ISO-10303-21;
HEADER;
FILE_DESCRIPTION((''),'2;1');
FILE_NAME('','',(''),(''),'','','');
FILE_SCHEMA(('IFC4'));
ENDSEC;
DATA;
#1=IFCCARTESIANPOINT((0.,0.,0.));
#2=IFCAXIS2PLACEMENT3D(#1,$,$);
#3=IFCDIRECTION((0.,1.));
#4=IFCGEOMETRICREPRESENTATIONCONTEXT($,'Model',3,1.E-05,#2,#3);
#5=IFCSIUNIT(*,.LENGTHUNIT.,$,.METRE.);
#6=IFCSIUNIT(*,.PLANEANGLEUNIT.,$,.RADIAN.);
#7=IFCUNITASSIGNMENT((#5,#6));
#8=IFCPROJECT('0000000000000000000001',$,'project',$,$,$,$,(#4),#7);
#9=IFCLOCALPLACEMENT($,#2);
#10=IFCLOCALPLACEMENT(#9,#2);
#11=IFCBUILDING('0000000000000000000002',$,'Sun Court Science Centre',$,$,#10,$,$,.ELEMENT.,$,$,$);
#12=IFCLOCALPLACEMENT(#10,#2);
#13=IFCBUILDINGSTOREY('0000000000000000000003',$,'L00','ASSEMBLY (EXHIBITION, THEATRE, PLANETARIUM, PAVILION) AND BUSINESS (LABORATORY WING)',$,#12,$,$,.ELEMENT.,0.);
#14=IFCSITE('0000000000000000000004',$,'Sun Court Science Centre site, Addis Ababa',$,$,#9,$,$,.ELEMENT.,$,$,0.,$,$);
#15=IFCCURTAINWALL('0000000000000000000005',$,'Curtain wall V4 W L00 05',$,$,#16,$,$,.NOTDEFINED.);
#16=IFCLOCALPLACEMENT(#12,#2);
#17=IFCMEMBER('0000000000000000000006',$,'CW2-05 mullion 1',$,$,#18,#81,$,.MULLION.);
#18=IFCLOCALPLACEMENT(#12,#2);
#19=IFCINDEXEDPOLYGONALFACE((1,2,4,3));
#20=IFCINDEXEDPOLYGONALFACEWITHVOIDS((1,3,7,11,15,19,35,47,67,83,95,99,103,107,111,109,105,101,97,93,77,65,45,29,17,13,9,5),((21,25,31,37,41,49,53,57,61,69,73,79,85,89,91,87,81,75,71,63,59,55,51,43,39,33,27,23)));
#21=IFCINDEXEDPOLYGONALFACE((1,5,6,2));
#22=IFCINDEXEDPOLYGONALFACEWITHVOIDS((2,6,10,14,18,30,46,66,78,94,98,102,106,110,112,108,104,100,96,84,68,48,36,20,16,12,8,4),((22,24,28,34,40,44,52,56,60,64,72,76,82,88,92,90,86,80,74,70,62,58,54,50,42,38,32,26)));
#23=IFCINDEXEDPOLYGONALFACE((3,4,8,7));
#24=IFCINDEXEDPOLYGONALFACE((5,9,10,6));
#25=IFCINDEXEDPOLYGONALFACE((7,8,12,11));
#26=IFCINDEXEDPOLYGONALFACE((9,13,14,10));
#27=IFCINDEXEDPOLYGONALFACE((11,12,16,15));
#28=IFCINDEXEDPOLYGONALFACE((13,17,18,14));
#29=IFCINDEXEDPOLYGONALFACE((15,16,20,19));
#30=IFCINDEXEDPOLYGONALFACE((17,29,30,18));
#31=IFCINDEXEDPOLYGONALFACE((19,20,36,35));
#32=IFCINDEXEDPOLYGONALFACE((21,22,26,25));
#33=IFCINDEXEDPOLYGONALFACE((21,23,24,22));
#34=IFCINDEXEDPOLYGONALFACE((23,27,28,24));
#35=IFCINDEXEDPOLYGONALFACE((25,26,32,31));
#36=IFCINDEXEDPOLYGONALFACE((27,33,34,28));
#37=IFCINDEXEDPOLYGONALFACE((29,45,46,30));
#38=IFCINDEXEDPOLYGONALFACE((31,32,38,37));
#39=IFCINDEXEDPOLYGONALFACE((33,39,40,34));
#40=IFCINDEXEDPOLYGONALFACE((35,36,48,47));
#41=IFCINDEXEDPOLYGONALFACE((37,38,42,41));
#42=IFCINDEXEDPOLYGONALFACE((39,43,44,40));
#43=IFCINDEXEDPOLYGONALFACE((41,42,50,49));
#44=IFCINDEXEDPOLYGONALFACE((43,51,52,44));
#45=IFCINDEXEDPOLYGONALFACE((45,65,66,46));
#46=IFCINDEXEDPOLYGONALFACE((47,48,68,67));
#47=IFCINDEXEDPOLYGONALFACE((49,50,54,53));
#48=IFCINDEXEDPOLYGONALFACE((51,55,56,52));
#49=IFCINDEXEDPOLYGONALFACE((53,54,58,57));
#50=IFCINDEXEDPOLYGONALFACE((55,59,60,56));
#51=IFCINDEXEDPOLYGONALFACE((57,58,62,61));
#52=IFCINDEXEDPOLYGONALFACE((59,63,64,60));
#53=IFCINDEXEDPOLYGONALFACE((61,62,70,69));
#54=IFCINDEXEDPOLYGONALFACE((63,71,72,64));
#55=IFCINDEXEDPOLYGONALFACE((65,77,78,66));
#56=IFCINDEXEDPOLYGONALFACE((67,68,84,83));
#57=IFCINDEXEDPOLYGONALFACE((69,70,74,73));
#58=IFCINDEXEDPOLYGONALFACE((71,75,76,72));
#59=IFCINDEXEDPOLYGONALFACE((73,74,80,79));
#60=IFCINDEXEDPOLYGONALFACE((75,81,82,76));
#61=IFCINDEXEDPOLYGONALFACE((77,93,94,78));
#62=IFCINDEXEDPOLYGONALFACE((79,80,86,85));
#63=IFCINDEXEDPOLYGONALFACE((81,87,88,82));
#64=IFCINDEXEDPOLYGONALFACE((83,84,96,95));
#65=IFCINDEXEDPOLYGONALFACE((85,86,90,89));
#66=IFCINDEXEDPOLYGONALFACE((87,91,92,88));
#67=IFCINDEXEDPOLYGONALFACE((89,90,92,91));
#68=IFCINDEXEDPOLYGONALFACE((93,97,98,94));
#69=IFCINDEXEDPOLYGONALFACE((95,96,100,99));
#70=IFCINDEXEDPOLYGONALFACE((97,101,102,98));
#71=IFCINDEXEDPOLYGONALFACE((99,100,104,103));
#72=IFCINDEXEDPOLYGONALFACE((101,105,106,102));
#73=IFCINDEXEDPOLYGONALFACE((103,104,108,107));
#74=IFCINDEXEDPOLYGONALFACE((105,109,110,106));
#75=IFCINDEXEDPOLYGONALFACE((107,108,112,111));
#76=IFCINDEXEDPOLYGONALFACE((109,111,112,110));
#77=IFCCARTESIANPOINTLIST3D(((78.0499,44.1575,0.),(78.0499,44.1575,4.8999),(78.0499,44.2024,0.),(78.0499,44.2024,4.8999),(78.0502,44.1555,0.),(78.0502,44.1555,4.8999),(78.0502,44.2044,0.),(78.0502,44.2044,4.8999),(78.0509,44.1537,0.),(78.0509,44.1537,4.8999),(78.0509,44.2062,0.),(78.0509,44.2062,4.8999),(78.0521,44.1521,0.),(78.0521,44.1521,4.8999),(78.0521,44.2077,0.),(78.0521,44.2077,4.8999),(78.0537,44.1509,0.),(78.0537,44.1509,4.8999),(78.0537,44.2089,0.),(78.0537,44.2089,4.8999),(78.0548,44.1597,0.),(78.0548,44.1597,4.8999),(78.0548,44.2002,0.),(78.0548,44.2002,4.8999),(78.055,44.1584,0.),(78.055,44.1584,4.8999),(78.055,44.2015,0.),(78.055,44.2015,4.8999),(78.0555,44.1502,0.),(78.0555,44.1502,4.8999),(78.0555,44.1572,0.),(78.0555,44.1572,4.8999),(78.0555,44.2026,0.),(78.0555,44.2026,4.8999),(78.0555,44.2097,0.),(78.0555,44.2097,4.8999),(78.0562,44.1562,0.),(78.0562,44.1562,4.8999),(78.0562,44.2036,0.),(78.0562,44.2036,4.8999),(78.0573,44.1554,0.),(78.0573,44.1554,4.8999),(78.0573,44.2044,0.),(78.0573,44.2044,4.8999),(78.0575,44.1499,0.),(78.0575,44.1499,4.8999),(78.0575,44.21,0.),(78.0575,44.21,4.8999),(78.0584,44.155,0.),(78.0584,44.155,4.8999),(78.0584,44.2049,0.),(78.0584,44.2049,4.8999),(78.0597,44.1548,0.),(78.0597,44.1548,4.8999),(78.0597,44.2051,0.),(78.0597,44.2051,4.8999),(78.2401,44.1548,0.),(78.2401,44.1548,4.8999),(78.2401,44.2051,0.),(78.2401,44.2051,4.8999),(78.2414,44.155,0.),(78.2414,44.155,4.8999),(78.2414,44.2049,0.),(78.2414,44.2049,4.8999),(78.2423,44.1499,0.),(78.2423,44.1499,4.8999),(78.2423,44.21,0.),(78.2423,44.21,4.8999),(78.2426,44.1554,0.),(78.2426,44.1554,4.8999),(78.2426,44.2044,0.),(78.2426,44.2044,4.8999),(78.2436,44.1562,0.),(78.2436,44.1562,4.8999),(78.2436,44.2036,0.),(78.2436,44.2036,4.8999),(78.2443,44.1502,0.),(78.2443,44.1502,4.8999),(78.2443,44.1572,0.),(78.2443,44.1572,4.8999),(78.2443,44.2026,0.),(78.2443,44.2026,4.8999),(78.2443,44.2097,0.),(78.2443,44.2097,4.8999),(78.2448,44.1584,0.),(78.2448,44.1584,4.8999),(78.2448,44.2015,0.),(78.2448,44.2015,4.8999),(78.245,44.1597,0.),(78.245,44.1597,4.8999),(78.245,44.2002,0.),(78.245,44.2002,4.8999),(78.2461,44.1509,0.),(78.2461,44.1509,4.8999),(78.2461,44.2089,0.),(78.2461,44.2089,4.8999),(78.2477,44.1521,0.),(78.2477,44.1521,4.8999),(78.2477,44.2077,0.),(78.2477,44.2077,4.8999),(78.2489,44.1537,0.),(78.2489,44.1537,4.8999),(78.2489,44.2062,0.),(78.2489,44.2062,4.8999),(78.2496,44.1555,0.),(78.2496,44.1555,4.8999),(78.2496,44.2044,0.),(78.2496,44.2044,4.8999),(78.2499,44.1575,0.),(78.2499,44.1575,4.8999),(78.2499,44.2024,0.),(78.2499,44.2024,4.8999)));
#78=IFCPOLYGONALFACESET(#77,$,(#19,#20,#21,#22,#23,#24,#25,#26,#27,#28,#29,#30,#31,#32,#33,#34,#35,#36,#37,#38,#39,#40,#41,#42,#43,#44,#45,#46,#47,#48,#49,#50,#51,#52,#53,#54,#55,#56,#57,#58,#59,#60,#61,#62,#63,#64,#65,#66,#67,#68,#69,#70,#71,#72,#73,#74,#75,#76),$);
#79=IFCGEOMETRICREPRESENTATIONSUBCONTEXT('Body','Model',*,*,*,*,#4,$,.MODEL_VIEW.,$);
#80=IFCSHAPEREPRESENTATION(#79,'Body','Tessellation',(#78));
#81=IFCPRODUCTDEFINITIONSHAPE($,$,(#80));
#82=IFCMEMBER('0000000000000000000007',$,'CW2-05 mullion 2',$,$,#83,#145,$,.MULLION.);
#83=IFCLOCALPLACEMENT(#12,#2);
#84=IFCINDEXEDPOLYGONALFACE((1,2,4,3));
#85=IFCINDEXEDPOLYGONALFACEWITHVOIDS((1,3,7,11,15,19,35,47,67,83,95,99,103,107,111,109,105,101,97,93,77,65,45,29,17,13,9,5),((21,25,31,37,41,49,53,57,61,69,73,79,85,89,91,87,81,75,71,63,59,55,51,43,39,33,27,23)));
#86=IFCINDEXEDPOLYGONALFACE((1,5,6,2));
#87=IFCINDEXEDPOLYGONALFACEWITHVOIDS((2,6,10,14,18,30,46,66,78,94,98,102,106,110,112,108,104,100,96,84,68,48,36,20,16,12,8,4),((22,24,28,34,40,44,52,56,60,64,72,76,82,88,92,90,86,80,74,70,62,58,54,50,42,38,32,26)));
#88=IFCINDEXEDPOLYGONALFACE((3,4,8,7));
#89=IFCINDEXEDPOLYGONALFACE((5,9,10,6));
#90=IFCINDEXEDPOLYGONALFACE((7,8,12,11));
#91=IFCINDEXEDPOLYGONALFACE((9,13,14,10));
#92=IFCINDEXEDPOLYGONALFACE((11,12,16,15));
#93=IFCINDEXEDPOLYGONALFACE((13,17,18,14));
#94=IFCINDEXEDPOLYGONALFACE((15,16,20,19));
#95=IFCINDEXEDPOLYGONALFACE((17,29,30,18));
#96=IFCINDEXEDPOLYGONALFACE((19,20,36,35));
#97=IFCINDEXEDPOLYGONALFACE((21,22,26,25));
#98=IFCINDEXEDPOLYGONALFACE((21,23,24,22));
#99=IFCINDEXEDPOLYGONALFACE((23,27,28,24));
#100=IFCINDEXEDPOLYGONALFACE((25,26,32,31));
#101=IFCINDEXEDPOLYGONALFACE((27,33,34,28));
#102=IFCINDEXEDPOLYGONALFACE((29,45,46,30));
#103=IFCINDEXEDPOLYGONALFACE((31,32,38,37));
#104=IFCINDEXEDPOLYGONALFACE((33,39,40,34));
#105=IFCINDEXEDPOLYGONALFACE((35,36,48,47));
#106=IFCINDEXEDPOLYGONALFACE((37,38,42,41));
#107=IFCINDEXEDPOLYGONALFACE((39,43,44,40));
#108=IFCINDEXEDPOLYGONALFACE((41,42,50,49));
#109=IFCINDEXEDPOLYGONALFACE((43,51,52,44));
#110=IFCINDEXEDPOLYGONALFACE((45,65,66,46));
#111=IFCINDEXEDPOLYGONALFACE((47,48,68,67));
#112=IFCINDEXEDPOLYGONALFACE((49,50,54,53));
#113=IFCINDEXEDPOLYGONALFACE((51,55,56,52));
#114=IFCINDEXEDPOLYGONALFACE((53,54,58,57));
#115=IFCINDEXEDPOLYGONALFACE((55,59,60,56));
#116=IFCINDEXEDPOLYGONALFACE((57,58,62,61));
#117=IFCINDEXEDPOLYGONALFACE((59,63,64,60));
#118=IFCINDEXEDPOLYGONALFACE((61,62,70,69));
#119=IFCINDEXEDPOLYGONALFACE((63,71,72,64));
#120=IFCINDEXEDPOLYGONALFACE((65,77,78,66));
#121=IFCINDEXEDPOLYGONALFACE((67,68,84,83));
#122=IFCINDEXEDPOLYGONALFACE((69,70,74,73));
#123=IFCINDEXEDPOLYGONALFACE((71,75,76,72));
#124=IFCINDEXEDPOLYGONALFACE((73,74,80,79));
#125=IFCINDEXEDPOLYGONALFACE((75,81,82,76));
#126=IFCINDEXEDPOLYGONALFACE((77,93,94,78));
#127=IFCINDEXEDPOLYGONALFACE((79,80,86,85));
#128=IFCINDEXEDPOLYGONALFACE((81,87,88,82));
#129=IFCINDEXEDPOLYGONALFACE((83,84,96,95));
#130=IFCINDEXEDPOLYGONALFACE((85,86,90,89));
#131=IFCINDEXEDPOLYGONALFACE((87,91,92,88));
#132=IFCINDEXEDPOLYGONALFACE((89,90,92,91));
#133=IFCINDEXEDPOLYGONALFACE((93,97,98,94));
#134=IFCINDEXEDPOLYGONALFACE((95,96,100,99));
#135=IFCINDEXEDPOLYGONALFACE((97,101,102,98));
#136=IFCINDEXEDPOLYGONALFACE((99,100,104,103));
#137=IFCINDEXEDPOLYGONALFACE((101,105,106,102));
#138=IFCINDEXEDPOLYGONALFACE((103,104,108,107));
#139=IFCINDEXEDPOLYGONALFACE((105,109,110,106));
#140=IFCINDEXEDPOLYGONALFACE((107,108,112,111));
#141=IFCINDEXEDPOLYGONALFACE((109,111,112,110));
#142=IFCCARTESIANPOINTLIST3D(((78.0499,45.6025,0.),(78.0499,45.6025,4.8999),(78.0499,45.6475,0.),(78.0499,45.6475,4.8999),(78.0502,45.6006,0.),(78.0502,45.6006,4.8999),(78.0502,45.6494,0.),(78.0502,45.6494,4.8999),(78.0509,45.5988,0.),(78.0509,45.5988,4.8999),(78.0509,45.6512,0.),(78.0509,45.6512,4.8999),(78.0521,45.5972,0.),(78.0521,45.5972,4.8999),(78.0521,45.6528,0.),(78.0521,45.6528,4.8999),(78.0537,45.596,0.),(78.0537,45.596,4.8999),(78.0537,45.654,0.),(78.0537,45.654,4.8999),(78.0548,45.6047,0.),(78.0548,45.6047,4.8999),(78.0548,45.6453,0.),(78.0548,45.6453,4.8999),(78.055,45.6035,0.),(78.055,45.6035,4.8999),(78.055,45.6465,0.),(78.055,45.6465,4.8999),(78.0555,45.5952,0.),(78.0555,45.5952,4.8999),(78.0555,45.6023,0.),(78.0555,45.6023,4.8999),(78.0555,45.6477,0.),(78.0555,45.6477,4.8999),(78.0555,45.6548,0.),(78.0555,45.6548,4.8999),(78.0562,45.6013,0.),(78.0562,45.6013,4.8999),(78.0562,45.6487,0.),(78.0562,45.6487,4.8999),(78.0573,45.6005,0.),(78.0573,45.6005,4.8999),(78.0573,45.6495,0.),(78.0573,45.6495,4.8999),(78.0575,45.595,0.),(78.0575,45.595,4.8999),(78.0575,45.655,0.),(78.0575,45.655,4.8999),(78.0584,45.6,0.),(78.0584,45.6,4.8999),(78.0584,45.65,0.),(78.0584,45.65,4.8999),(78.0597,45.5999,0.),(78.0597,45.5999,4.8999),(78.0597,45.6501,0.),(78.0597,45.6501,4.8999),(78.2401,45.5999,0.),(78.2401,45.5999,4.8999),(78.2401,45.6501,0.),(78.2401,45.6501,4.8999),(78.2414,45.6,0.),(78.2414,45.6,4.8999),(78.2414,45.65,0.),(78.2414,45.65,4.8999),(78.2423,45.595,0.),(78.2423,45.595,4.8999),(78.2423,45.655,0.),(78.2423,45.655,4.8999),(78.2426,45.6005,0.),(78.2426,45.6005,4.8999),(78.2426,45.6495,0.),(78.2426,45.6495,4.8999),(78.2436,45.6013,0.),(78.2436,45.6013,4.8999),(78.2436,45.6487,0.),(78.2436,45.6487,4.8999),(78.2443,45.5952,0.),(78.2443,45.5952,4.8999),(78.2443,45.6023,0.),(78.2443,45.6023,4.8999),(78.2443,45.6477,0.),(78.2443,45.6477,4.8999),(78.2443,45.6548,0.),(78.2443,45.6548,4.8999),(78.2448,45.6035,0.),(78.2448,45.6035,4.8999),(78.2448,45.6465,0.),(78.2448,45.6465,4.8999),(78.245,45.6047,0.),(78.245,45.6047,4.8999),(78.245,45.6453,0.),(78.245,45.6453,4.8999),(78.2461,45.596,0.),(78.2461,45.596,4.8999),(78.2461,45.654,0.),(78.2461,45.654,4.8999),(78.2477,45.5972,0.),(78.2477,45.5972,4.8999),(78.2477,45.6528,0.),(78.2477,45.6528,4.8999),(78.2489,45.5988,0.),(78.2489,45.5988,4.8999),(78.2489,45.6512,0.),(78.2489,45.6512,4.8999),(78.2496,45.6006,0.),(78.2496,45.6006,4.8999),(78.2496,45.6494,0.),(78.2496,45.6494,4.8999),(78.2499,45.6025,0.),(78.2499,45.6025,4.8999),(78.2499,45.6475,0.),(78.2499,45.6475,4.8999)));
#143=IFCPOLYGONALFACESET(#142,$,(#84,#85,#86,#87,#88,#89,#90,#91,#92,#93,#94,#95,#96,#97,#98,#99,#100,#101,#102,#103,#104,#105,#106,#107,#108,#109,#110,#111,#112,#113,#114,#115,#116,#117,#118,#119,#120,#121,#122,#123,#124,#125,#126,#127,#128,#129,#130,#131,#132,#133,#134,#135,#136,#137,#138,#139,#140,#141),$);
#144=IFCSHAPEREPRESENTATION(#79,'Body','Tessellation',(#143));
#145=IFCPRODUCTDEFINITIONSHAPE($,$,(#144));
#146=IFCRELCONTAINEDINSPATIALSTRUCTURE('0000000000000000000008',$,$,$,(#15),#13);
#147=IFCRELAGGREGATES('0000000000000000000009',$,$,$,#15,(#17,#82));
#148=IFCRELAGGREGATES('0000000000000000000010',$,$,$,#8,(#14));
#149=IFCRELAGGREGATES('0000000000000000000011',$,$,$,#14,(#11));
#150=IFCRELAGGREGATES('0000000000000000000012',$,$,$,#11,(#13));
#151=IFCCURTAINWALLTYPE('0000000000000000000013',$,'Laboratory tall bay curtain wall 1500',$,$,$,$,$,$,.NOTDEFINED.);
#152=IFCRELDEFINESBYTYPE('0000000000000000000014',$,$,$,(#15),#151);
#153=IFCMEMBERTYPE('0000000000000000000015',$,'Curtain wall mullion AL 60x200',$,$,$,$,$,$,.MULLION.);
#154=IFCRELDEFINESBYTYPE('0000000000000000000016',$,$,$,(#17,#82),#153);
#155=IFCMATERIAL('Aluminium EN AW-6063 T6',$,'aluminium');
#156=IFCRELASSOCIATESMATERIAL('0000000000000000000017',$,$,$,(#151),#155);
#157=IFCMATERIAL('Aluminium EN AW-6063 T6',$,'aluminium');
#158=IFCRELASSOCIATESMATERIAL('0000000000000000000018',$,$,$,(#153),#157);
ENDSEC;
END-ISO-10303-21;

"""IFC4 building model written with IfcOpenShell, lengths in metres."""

from ifc_helpers import new_model, si_unit, direction, frame, origin, origin_2d, place, context, subcontext, project, spatial, hollow_rectangle, extrude, material, material_profile, profile_set, type_object, element, aggregate, save


model = new_model("IFC4")

# Units and contexts
model_context = context("Model", 3, precision=1e-05, world=origin(), true_north=direction((0.0, 1.0)))
body_context = subcontext(model_context, "Body", "Model", "MODEL_VIEW")
ifc_project = project(units=[si_unit("LENGTHUNIT", "METRE"), si_unit("PLANEANGLEUNIT", "RADIAN")], contexts=[model_context])

# Site, building, storey
site_placement = place(None, origin())
site = spatial("IfcSite", under=ifc_project, at=site_placement, Name="Sun Court Science Centre site, Addis Ababa", CompositionType="ELEMENT", RefElevation=0.0)
building_placement = place(site_placement, origin())
building = spatial("IfcBuilding", under=site, at=building_placement, Name="Sun Court Science Centre", CompositionType="ELEMENT")
storey_placement = place(building_placement, origin())
storey = spatial("IfcBuildingStorey", under=building, at=storey_placement, Name="L00", Description="ASSEMBLY (EXHIBITION, THEATRE, PLANETARIUM, PAVILION) AND BUSINESS (LABORATORY WING)", CompositionType="ELEMENT", Elevation=0.0)

# Curtain wall, members
ifc_material_1 = material(Name="Aluminium EN AW-6063 T6", Category="aluminium")
curtain_wall_type_1 = type_object("IfcCurtainWallType", Name="Laboratory tall bay curtain wall 1500", PredefinedType="NOTDEFINED", material=ifc_material_1)
ifc_material_2 = material(Name="Aluminium EN AW-6063 T6", Category="aluminium")
ifc_material_profile_1 = material_profile(ifc_material_2, hollow_rectangle(XDim=0.0601, YDim=0.2, WallThickness=0.0049, InnerFilletRadius=0.0049, OuterFilletRadius=0.0076, at=origin_2d()), Name="AL 60x200x5")
ifc_profile_set_1 = profile_set([ifc_material_profile_1], Name="Aluminium EN AW-6063 T6")
member_type_1 = type_object("IfcMemberType", Name="Curtain wall mullion AL 60x200", PredefinedType="MULLION", material=ifc_profile_set_1)
curtain_wall_1_placement = place(storey_placement, origin())
curtain_wall_1 = element("IfcCurtainWall", 1, at=curtain_wall_1_placement, inside=storey, type_object=curtain_wall_type_1, Name="Curtain wall V4 W L00 05", PredefinedType="NOTDEFINED")
member_1_placement = place(storey_placement, frame((78.1499, 44.1799, 0.0), z_axis=(0.0, 0.0, 1.0), x_axis=(0.0, 1.0, 0.0)))
member_1 = element("IfcMember", 2, at=member_1_placement, type_object=member_type_1, Name="CW2-05 mullion 1", PredefinedType="MULLION", context=body_context, shape_type="SweptSolid", body=[
    extrude(hollow_rectangle(XDim=0.0601, YDim=0.2, WallThickness=0.0049, InnerFilletRadius=0.0049, OuterFilletRadius=0.0076, at=origin_2d()), origin(), (0.0, 0.0, 1.0), 4.8999),
])
member_2_placement = place(storey_placement, frame((78.1499, 45.625, 0.0), z_axis=(0.0, 0.0, 1.0), x_axis=(0.0, 1.0, 0.0)))
member_2 = element("IfcMember", 3, at=member_2_placement, type_object=member_type_1, Name="CW2-05 mullion 2", PredefinedType="MULLION", context=body_context, shape_type="SweptSolid", body=[
    extrude(hollow_rectangle(XDim=0.0601, YDim=0.2, WallThickness=0.0049, InnerFilletRadius=0.0049, OuterFilletRadius=0.0076, at=origin_2d()), origin(), (0.0, 0.0, 1.0), 4.8999),
])

aggregate(curtain_wall_1, [member_1, member_2])

save(model, "model.ifc")
